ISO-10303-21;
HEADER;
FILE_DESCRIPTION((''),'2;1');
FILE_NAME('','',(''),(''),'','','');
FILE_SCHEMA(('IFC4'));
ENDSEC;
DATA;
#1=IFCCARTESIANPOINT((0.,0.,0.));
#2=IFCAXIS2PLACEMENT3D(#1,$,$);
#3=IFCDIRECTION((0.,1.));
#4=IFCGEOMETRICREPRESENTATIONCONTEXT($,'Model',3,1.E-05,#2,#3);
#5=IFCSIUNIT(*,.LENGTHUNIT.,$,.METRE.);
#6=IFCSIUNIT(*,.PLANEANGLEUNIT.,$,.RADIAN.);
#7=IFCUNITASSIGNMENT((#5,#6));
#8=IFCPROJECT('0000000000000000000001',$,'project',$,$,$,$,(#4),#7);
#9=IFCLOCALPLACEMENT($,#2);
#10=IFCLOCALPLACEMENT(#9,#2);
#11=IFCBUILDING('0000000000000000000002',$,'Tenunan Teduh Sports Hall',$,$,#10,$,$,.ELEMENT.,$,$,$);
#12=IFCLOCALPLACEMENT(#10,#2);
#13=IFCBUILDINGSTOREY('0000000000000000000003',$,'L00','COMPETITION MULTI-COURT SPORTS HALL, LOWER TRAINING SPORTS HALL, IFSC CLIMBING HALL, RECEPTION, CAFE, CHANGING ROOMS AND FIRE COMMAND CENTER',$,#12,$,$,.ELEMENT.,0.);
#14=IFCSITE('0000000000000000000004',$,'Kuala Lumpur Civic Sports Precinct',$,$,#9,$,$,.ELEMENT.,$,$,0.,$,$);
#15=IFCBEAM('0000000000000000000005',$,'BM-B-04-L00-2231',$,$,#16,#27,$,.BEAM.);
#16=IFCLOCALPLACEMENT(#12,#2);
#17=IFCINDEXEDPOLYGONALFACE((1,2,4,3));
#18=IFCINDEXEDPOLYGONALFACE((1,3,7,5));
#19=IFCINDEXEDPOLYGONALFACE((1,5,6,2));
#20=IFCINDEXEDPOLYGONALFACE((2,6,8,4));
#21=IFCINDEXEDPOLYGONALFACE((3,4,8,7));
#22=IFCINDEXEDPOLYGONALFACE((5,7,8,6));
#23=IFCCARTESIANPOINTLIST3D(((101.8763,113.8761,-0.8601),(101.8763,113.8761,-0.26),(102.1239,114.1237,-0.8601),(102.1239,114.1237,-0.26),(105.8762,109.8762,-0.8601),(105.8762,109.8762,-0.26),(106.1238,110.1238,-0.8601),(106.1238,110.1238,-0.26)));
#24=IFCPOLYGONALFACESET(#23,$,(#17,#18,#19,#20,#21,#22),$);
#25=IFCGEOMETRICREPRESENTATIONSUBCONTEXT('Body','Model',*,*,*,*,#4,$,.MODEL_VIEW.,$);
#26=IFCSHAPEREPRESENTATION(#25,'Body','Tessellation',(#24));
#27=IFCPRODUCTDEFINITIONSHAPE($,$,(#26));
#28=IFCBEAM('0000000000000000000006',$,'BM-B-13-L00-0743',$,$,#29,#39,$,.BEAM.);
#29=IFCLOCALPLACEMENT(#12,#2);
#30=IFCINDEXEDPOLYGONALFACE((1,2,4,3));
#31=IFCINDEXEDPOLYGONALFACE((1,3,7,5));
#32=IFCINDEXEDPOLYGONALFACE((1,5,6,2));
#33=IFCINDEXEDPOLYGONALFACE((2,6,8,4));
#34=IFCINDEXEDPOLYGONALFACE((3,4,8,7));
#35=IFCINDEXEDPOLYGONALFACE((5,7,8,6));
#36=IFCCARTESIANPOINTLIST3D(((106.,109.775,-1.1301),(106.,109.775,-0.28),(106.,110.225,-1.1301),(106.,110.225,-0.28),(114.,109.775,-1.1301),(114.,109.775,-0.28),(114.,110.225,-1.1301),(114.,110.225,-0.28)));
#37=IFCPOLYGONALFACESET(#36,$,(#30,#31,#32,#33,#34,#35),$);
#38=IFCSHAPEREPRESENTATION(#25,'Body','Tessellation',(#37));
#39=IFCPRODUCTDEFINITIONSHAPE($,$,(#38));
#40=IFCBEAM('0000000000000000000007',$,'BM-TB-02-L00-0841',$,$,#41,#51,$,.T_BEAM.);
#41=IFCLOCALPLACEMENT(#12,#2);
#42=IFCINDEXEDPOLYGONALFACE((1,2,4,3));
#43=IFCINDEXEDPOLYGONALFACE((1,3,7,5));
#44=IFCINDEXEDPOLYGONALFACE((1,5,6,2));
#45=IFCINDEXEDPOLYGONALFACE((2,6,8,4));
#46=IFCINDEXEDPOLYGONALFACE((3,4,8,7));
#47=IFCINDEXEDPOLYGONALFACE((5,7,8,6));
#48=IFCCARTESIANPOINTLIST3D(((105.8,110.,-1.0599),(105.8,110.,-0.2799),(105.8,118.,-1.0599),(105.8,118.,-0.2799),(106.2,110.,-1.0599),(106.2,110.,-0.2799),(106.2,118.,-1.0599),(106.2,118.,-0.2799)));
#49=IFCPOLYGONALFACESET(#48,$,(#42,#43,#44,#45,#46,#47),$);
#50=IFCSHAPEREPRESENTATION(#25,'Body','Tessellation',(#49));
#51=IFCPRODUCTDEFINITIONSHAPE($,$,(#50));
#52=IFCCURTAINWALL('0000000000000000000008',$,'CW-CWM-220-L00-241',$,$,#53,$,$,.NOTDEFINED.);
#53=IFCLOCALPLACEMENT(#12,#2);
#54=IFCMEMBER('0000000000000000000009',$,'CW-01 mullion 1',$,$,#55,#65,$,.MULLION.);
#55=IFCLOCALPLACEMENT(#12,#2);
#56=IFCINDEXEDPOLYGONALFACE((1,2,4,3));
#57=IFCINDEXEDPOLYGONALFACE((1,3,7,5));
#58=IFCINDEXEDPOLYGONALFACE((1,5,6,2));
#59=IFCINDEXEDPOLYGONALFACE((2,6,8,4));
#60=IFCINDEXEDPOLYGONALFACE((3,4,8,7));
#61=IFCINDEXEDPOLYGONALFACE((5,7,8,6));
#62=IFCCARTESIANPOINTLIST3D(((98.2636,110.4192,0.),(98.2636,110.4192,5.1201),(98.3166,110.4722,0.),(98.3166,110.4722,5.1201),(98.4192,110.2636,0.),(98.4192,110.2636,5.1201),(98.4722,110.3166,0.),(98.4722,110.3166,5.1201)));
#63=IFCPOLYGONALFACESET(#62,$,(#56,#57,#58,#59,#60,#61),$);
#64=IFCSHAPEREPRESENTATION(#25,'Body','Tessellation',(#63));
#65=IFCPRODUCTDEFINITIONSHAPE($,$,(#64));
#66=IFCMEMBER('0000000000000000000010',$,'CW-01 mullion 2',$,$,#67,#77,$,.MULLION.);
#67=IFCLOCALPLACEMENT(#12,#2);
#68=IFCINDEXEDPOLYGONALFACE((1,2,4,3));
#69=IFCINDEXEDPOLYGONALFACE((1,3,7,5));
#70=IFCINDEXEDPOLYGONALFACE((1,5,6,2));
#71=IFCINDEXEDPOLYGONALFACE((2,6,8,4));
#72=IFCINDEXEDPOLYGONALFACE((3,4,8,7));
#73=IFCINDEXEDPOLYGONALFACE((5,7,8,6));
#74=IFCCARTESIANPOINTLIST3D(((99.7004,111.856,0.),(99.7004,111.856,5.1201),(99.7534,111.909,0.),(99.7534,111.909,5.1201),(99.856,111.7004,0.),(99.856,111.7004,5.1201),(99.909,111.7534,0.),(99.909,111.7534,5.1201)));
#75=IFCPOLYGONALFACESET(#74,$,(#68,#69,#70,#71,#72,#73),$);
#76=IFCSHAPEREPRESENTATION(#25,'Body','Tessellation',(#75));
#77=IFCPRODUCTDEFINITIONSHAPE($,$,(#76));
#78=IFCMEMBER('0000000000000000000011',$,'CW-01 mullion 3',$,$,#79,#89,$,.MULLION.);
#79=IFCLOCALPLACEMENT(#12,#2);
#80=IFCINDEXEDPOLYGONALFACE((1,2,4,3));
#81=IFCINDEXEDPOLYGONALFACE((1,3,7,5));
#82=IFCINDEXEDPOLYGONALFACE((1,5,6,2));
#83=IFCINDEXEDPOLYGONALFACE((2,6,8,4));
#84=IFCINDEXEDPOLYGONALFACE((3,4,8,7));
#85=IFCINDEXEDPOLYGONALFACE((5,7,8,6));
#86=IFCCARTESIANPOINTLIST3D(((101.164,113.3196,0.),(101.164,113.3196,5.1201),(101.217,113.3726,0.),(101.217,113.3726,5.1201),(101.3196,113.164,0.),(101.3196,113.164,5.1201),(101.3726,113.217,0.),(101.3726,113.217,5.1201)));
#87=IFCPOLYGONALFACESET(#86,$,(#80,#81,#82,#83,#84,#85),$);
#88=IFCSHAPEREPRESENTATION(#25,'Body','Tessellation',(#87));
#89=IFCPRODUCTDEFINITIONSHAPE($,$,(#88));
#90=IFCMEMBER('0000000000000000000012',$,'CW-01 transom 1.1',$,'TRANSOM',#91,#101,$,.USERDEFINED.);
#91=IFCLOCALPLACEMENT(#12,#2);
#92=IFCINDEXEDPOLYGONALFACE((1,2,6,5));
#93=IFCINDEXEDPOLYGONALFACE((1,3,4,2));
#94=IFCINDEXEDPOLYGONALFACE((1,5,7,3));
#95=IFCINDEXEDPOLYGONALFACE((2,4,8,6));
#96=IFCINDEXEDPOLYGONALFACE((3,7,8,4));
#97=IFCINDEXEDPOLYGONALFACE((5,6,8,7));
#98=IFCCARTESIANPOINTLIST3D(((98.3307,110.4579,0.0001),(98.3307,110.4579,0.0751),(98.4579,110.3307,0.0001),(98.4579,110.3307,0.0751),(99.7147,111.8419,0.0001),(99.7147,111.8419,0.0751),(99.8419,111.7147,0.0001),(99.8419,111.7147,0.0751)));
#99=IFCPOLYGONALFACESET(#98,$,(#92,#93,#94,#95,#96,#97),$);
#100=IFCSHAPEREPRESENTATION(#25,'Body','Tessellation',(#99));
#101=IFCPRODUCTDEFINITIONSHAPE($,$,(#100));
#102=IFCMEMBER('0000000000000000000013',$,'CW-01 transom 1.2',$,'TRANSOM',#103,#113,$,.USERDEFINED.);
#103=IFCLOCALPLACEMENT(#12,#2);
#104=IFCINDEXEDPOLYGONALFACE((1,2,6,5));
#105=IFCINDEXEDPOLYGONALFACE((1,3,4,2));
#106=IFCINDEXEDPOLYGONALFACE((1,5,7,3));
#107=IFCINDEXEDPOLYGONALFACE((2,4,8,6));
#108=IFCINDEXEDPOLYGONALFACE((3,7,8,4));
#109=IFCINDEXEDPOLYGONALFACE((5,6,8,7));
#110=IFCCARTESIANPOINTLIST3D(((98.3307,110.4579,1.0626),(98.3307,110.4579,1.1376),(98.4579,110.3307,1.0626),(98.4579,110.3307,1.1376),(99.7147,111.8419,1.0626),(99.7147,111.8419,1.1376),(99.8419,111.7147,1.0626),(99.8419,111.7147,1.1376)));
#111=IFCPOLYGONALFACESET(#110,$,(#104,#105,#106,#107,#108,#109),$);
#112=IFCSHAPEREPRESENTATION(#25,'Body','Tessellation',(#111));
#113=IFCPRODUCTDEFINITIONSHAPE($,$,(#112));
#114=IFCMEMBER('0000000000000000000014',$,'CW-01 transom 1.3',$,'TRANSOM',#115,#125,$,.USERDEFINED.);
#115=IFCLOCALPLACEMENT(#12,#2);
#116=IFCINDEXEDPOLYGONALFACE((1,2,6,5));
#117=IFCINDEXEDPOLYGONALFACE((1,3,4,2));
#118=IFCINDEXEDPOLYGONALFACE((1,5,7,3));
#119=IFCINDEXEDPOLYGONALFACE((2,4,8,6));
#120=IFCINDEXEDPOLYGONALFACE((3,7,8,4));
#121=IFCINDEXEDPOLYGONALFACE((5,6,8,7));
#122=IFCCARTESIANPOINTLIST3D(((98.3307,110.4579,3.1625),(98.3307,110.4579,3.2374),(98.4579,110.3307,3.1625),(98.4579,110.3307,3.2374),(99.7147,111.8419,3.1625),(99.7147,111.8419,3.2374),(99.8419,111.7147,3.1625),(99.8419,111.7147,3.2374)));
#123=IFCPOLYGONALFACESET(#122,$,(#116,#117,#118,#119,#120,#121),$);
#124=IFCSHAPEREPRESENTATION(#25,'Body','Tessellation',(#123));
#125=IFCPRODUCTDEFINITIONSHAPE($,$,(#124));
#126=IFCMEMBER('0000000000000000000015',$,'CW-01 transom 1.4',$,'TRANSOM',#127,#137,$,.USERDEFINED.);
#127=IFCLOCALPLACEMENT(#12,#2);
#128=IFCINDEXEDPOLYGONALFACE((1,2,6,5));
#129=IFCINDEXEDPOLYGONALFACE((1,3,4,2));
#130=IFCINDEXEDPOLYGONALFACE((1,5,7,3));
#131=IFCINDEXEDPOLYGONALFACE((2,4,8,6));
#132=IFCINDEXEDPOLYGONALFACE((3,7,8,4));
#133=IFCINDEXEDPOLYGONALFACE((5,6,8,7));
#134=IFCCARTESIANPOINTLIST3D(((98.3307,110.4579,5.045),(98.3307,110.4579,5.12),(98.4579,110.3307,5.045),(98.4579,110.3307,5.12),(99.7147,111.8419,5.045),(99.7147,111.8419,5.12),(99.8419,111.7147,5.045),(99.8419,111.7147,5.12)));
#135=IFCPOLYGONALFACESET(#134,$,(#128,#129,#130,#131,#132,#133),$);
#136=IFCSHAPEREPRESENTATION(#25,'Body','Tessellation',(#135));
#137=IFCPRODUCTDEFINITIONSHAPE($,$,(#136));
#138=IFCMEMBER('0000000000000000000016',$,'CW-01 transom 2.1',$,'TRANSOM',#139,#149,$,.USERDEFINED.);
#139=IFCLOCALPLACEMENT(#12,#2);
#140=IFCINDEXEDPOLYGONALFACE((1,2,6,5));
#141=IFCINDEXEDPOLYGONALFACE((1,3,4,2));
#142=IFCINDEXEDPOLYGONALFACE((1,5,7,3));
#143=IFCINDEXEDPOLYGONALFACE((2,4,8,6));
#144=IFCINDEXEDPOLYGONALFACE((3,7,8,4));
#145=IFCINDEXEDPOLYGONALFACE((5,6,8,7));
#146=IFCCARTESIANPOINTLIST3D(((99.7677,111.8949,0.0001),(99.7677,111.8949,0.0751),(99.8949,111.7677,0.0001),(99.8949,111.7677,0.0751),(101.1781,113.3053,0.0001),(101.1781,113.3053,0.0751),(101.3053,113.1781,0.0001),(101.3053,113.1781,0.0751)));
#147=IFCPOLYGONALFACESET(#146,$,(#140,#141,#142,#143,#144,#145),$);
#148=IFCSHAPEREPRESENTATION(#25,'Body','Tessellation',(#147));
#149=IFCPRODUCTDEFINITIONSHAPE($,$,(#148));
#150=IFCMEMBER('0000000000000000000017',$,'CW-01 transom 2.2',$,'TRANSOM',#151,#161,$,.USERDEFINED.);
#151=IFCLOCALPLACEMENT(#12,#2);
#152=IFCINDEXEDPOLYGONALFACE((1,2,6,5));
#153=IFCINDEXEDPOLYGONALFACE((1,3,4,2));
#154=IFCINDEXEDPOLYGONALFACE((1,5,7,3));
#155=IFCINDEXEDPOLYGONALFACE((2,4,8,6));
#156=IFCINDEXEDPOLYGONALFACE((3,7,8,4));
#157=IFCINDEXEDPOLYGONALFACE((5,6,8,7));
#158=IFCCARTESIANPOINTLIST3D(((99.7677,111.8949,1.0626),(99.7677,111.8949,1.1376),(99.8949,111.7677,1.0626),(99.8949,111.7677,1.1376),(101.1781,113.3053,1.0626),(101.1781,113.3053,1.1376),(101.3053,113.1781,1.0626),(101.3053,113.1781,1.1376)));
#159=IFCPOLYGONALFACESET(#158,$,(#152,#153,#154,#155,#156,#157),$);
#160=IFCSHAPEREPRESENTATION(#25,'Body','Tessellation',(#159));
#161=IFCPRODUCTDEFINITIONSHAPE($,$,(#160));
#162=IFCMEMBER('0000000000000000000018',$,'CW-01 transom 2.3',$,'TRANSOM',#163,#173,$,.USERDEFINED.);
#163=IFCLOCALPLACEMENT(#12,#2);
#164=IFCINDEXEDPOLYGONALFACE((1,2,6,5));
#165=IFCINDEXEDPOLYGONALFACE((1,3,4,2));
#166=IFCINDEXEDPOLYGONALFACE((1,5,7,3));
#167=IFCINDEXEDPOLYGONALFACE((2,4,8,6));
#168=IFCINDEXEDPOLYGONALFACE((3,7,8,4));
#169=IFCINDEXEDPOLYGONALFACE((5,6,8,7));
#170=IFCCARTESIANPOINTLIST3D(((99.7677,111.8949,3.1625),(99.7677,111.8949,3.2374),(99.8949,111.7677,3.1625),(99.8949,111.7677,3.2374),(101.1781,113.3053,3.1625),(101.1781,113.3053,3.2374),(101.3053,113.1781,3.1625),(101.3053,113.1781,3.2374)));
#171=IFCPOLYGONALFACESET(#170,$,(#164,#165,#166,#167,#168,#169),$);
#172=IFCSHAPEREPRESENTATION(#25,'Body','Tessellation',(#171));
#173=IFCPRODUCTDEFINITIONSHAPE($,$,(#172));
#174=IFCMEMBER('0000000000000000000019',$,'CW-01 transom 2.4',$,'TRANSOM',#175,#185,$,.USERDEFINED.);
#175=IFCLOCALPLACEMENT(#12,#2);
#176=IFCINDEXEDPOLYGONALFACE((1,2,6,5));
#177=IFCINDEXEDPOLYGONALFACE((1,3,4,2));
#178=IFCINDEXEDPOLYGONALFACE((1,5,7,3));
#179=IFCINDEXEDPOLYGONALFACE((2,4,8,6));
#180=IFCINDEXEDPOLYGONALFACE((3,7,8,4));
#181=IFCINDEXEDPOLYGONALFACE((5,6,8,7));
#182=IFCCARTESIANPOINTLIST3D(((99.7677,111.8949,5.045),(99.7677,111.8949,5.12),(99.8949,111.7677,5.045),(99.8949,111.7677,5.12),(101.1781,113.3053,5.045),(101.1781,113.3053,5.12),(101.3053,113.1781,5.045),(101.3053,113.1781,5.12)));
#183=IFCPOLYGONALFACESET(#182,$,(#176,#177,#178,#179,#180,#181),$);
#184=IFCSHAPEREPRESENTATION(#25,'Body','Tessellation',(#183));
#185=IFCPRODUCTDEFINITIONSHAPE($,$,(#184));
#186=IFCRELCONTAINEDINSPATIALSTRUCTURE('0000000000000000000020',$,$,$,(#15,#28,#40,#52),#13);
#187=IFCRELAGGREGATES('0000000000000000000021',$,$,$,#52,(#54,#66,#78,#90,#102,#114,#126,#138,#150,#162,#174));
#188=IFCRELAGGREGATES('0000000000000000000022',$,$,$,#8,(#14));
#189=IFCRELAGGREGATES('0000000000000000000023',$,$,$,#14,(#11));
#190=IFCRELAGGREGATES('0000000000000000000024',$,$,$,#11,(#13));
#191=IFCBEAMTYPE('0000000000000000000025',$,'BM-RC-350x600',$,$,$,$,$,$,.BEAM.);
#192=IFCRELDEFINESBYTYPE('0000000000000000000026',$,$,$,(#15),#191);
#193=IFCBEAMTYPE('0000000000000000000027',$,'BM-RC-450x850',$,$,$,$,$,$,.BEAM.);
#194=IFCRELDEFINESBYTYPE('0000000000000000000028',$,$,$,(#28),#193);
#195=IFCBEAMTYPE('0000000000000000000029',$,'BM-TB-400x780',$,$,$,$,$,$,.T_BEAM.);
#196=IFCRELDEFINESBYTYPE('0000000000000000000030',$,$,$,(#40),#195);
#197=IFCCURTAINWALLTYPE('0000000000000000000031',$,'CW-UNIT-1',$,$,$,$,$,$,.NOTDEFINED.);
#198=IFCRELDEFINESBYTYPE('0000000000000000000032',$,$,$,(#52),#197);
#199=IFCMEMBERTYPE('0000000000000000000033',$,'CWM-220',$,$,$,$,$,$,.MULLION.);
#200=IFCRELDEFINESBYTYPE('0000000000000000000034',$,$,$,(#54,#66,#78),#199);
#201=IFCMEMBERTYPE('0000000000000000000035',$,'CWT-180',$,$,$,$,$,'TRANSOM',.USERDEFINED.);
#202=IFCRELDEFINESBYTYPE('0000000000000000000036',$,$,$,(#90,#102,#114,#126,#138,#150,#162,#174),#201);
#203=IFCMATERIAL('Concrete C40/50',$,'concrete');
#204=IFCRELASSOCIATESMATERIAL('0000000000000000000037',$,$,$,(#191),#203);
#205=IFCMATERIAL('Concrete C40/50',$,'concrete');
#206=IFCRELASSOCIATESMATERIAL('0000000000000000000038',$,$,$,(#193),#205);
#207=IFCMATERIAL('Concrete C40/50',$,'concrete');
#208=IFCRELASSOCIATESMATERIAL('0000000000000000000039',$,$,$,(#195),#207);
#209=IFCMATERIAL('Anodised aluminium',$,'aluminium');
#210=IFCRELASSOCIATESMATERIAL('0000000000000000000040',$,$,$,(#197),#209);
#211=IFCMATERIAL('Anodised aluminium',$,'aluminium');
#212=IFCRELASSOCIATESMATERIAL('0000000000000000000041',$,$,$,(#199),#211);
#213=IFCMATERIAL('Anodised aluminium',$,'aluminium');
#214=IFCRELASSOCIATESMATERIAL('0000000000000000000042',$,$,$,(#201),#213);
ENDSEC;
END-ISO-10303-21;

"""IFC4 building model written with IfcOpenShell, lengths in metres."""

from ifc_helpers import new_model, si_unit, direction, frame, origin, origin_2d, place, context, subcontext, project, spatial, rectangle, extrude, material, material_profile, profile_set, type_object, element, aggregate, save


model = new_model("IFC4")

# Units and contexts
model_context = context("Model", 3, precision=1e-05, world=origin(), true_north=direction((0.0, 1.0)))
body_context = subcontext(model_context, "Body", "Model", "MODEL_VIEW")
ifc_project = project(units=[si_unit("LENGTHUNIT", "METRE"), si_unit("PLANEANGLEUNIT", "RADIAN")], contexts=[model_context])

# Site, building, storey
site_placement = place(None, origin())
site = spatial("IfcSite", under=ifc_project, at=site_placement, Name="Kuala Lumpur Civic Sports Precinct", CompositionType="ELEMENT", RefElevation=0.0)
building_placement = place(site_placement, origin())
building = spatial("IfcBuilding", under=site, at=building_placement, Name="Tenunan Teduh Sports Hall", CompositionType="ELEMENT")
storey_placement = place(building_placement, origin())
storey = spatial("IfcBuildingStorey", under=building, at=storey_placement, Name="L00", Description="COMPETITION MULTI-COURT SPORTS HALL, LOWER TRAINING SPORTS HALL, IFSC CLIMBING HALL, RECEPTION, CAFE, CHANGING ROOMS AND FIRE COMMAND CENTER", CompositionType="ELEMENT", Elevation=0.0)

# Beams
ifc_material_1 = material(Name="Concrete C40/50", Category="concrete")
ifc_material_profile_1 = material_profile(ifc_material_1, rectangle(XDim=0.3501, YDim=0.6001, at=origin_2d()), Name="RCB 350x600")
ifc_profile_set_1 = profile_set([ifc_material_profile_1], Name="Concrete C40/50")
beam_type_1 = type_object("IfcBeamType", Name="BM-RC-350x600", PredefinedType="BEAM", material=ifc_profile_set_1)
beam_1_placement = place(storey_placement, frame((106.0, 110.0, -0.5601), z_axis=(-0.707107, 0.707107, 0.0), x_axis=(-0.707107, -0.707107, 0.0)))
element("IfcBeam", 1, at=beam_1_placement, inside=storey, type_object=beam_type_1, Name="BM-B-04-L00-2231", PredefinedType="BEAM", context=body_context, shape_type="SweptSolid", body=[
    extrude(rectangle(XDim=0.3501, YDim=0.6001, at=origin_2d()), origin(), (0.0, 0.0, 1.0), 5.6567),
])
ifc_material_2 = material(Name="Concrete C40/50", Category="concrete")
ifc_material_profile_2 = material_profile(ifc_material_2, rectangle(XDim=0.45, YDim=0.8501, at=origin_2d()), Name="RCB 450x850")
ifc_profile_set_2 = profile_set([ifc_material_profile_2], Name="Concrete C40/50")
beam_type_2 = type_object("IfcBeamType", Name="BM-RC-450x850", PredefinedType="BEAM", material=ifc_profile_set_2)
beam_2_placement = place(storey_placement, frame((106.0, 110.0, -0.7051), z_axis=(1.0, 0.0, 0.0), x_axis=(0.0, 1.0, 0.0)))
element("IfcBeam", 2, at=beam_2_placement, inside=storey, type_object=beam_type_2, Name="BM-B-13-L00-0743", PredefinedType="BEAM", context=body_context, shape_type="SweptSolid", body=[
    extrude(rectangle(XDim=0.45, YDim=0.8501, at=origin_2d()), origin(), (0.0, 0.0, 1.0), 8.0),
])
ifc_material_3 = material(Name="Concrete C40/50", Category="concrete")
ifc_material_profile_3 = material_profile(ifc_material_3, rectangle(XDim=0.3999, YDim=0.78, at=origin_2d()), Name="TB 400x780")
ifc_profile_set_3 = profile_set([ifc_material_profile_3], Name="Concrete C40/50")
beam_type_3 = type_object("IfcBeamType", Name="BM-TB-400x780", PredefinedType="T_BEAM", material=ifc_profile_set_3)
beam_3_placement = place(storey_placement, frame((106.0, 110.0, -0.6699), z_axis=(0.0, 1.0, 0.0), x_axis=(-1.0, 0.0, 0.0)))
element("IfcBeam", 3, at=beam_3_placement, inside=storey, type_object=beam_type_3, Name="BM-TB-02-L00-0841", PredefinedType="T_BEAM", context=body_context, shape_type="SweptSolid", body=[
    extrude(rectangle(XDim=0.3999, YDim=0.78, at=origin_2d()), origin(), (0.0, 0.0, 1.0), 8.0),
])

# Curtain wall, members
ifc_material_4 = material(Name="Anodised aluminium", Category="aluminium")
curtain_wall_type = type_object("IfcCurtainWallType", Name="CW-UNIT-1", PredefinedType="NOTDEFINED", material=ifc_material_4)
curtain_wall_placement = place(storey_placement, origin())
curtain_wall = element("IfcCurtainWall", 4, at=curtain_wall_placement, inside=storey, type_object=curtain_wall_type, Name="CW-CWM-220-L00-241", PredefinedType="NOTDEFINED")
ifc_material_5 = material(Name="Anodised aluminium", Category="aluminium")
ifc_material_profile_4 = material_profile(ifc_material_5, rectangle(XDim=0.075, YDim=0.22, at=origin_2d()), Name="CWM 75x220")
ifc_profile_set_4 = profile_set([ifc_material_profile_4], Name="Anodised aluminium")
member_type_1 = type_object("IfcMemberType", Name="CWM-220", PredefinedType="MULLION", material=ifc_profile_set_4)
member_1_placement = place(storey_placement, frame((98.3679, 110.3679, 0.0), z_axis=(0.0, 0.0, 1.0), x_axis=(0.707107, 0.707107, 0.0)))
member_1 = element("IfcMember", 5, at=member_1_placement, type_object=member_type_1, Name="CW-01 mullion 1", PredefinedType="MULLION", context=body_context, shape_type="SweptSolid", body=[
    extrude(rectangle(XDim=0.075, YDim=0.22, at=origin_2d()), origin(), (0.0, 0.0, 1.0), 5.1201),
])
member_2_placement = place(storey_placement, frame((99.8047, 111.8047, 0.0), z_axis=(0.0, 0.0, 1.0), x_axis=(0.707107, 0.707107, 0.0)))
member_2 = element("IfcMember", 6, at=member_2_placement, type_object=member_type_1, Name="CW-01 mullion 2", PredefinedType="MULLION", context=body_context, shape_type="SweptSolid", body=[
    extrude(rectangle(XDim=0.075, YDim=0.22, at=origin_2d()), origin(), (0.0, 0.0, 1.0), 5.1201),
])
member_3_placement = place(storey_placement, frame((101.2683, 113.2683, 0.0), z_axis=(0.0, 0.0, 1.0), x_axis=(0.707107, 0.707107, 0.0)))
member_3 = element("IfcMember", 7, at=member_3_placement, type_object=member_type_1, Name="CW-01 mullion 3", PredefinedType="MULLION", context=body_context, shape_type="SweptSolid", body=[
    extrude(rectangle(XDim=0.075, YDim=0.22, at=origin_2d()), origin(), (0.0, 0.0, 1.0), 5.1201),
])
ifc_material_6 = material(Name="Anodised aluminium", Category="aluminium")
ifc_material_profile_5 = material_profile(ifc_material_6, rectangle(XDim=0.075, YDim=0.1799, at=origin_2d()), Name="CWT 75x180")
ifc_profile_set_5 = profile_set([ifc_material_profile_5], Name="Anodised aluminium")
member_type_2 = type_object("IfcMemberType", Name="CWT-180", ElementType="TRANSOM", PredefinedType="USERDEFINED", material=ifc_profile_set_5)
member_4_placement = place(storey_placement, frame((98.3943, 110.3943, 0.0376), z_axis=(0.707107, 0.707107, 0.0), x_axis=(0.0, 0.0, 1.0)))
member_4 = element("IfcMember", 8, at=member_4_placement, type_object=member_type_2, Name="CW-01 transom 1.1", ObjectType="TRANSOM", PredefinedType="USERDEFINED", context=body_context, shape_type="SweptSolid", body=[
    extrude(rectangle(XDim=0.075, YDim=0.1799, at=origin_2d()), origin(), (0.0, 0.0, 1.0), 1.9573),
])
member_5_placement = place(storey_placement, frame((98.3943, 110.3943, 1.1001), z_axis=(0.707107, 0.707107, 0.0), x_axis=(0.0, 0.0, 1.0)))
member_5 = element("IfcMember", 9, at=member_5_placement, type_object=member_type_2, Name="CW-01 transom 1.2", ObjectType="TRANSOM", PredefinedType="USERDEFINED", context=body_context, shape_type="SweptSolid", body=[
    extrude(rectangle(XDim=0.075, YDim=0.1799, at=origin_2d()), origin(), (0.0, 0.0, 1.0), 1.9573),
])
member_6_placement = place(storey_placement, frame((98.3943, 110.3943, 3.2), z_axis=(0.707107, 0.707107, 0.0), x_axis=(0.0, 0.0, 1.0)))
member_6 = element("IfcMember", 10, at=member_6_placement, type_object=member_type_2, Name="CW-01 transom 1.3", ObjectType="TRANSOM", PredefinedType="USERDEFINED", context=body_context, shape_type="SweptSolid", body=[
    extrude(rectangle(XDim=0.075, YDim=0.1799, at=origin_2d()), origin(), (0.0, 0.0, 1.0), 1.9573),
])
member_7_placement = place(storey_placement, frame((98.3943, 110.3943, 5.0825), z_axis=(0.707107, 0.707107, 0.0), x_axis=(0.0, 0.0, 1.0)))
member_7 = element("IfcMember", 11, at=member_7_placement, type_object=member_type_2, Name="CW-01 transom 1.4", ObjectType="TRANSOM", PredefinedType="USERDEFINED", context=body_context, shape_type="SweptSolid", body=[
    extrude(rectangle(XDim=0.075, YDim=0.1799, at=origin_2d()), origin(), (0.0, 0.0, 1.0), 1.9573),
])
member_8_placement = place(storey_placement, frame((99.8313, 111.8313, 0.0376), z_axis=(0.707107, 0.707107, 0.0), x_axis=(0.0, 0.0, 1.0)))
member_8 = element("IfcMember", 12, at=member_8_placement, type_object=member_type_2, Name="CW-01 transom 2.1", ObjectType="TRANSOM", PredefinedType="USERDEFINED", context=body_context, shape_type="SweptSolid", body=[
    extrude(rectangle(XDim=0.075, YDim=0.1799, at=origin_2d()), origin(), (0.0, 0.0, 1.0), 1.9946),
])
member_9_placement = place(storey_placement, frame((99.8313, 111.8313, 1.1001), z_axis=(0.707107, 0.707107, 0.0), x_axis=(0.0, 0.0, 1.0)))
member_9 = element("IfcMember", 13, at=member_9_placement, type_object=member_type_2, Name="CW-01 transom 2.2", ObjectType="TRANSOM", PredefinedType="USERDEFINED", context=body_context, shape_type="SweptSolid", body=[
    extrude(rectangle(XDim=0.075, YDim=0.1799, at=origin_2d()), origin(), (0.0, 0.0, 1.0), 1.9946),
])
member_10_placement = place(storey_placement, frame((99.8313, 111.8313, 3.2), z_axis=(0.707107, 0.707107, 0.0), x_axis=(0.0, 0.0, 1.0)))
member_10 = element("IfcMember", 14, at=member_10_placement, type_object=member_type_2, Name="CW-01 transom 2.3", ObjectType="TRANSOM", PredefinedType="USERDEFINED", context=body_context, shape_type="SweptSolid", body=[
    extrude(rectangle(XDim=0.075, YDim=0.1799, at=origin_2d()), origin(), (0.0, 0.0, 1.0), 1.9946),
])
member_11_placement = place(storey_placement, frame((99.8313, 111.8313, 5.0825), z_axis=(0.707107, 0.707107, 0.0), x_axis=(0.0, 0.0, 1.0)))
member_11 = element("IfcMember", 15, at=member_11_placement, type_object=member_type_2, Name="CW-01 transom 2.4", ObjectType="TRANSOM", PredefinedType="USERDEFINED", context=body_context, shape_type="SweptSolid", body=[
    extrude(rectangle(XDim=0.075, YDim=0.1799, at=origin_2d()), origin(), (0.0, 0.0, 1.0), 1.9946),
])

aggregate(curtain_wall, [member_1, member_2, member_3, member_4, member_5, member_6, member_7, member_8, member_9, member_10, member_11])

save(model, "model.ifc")
